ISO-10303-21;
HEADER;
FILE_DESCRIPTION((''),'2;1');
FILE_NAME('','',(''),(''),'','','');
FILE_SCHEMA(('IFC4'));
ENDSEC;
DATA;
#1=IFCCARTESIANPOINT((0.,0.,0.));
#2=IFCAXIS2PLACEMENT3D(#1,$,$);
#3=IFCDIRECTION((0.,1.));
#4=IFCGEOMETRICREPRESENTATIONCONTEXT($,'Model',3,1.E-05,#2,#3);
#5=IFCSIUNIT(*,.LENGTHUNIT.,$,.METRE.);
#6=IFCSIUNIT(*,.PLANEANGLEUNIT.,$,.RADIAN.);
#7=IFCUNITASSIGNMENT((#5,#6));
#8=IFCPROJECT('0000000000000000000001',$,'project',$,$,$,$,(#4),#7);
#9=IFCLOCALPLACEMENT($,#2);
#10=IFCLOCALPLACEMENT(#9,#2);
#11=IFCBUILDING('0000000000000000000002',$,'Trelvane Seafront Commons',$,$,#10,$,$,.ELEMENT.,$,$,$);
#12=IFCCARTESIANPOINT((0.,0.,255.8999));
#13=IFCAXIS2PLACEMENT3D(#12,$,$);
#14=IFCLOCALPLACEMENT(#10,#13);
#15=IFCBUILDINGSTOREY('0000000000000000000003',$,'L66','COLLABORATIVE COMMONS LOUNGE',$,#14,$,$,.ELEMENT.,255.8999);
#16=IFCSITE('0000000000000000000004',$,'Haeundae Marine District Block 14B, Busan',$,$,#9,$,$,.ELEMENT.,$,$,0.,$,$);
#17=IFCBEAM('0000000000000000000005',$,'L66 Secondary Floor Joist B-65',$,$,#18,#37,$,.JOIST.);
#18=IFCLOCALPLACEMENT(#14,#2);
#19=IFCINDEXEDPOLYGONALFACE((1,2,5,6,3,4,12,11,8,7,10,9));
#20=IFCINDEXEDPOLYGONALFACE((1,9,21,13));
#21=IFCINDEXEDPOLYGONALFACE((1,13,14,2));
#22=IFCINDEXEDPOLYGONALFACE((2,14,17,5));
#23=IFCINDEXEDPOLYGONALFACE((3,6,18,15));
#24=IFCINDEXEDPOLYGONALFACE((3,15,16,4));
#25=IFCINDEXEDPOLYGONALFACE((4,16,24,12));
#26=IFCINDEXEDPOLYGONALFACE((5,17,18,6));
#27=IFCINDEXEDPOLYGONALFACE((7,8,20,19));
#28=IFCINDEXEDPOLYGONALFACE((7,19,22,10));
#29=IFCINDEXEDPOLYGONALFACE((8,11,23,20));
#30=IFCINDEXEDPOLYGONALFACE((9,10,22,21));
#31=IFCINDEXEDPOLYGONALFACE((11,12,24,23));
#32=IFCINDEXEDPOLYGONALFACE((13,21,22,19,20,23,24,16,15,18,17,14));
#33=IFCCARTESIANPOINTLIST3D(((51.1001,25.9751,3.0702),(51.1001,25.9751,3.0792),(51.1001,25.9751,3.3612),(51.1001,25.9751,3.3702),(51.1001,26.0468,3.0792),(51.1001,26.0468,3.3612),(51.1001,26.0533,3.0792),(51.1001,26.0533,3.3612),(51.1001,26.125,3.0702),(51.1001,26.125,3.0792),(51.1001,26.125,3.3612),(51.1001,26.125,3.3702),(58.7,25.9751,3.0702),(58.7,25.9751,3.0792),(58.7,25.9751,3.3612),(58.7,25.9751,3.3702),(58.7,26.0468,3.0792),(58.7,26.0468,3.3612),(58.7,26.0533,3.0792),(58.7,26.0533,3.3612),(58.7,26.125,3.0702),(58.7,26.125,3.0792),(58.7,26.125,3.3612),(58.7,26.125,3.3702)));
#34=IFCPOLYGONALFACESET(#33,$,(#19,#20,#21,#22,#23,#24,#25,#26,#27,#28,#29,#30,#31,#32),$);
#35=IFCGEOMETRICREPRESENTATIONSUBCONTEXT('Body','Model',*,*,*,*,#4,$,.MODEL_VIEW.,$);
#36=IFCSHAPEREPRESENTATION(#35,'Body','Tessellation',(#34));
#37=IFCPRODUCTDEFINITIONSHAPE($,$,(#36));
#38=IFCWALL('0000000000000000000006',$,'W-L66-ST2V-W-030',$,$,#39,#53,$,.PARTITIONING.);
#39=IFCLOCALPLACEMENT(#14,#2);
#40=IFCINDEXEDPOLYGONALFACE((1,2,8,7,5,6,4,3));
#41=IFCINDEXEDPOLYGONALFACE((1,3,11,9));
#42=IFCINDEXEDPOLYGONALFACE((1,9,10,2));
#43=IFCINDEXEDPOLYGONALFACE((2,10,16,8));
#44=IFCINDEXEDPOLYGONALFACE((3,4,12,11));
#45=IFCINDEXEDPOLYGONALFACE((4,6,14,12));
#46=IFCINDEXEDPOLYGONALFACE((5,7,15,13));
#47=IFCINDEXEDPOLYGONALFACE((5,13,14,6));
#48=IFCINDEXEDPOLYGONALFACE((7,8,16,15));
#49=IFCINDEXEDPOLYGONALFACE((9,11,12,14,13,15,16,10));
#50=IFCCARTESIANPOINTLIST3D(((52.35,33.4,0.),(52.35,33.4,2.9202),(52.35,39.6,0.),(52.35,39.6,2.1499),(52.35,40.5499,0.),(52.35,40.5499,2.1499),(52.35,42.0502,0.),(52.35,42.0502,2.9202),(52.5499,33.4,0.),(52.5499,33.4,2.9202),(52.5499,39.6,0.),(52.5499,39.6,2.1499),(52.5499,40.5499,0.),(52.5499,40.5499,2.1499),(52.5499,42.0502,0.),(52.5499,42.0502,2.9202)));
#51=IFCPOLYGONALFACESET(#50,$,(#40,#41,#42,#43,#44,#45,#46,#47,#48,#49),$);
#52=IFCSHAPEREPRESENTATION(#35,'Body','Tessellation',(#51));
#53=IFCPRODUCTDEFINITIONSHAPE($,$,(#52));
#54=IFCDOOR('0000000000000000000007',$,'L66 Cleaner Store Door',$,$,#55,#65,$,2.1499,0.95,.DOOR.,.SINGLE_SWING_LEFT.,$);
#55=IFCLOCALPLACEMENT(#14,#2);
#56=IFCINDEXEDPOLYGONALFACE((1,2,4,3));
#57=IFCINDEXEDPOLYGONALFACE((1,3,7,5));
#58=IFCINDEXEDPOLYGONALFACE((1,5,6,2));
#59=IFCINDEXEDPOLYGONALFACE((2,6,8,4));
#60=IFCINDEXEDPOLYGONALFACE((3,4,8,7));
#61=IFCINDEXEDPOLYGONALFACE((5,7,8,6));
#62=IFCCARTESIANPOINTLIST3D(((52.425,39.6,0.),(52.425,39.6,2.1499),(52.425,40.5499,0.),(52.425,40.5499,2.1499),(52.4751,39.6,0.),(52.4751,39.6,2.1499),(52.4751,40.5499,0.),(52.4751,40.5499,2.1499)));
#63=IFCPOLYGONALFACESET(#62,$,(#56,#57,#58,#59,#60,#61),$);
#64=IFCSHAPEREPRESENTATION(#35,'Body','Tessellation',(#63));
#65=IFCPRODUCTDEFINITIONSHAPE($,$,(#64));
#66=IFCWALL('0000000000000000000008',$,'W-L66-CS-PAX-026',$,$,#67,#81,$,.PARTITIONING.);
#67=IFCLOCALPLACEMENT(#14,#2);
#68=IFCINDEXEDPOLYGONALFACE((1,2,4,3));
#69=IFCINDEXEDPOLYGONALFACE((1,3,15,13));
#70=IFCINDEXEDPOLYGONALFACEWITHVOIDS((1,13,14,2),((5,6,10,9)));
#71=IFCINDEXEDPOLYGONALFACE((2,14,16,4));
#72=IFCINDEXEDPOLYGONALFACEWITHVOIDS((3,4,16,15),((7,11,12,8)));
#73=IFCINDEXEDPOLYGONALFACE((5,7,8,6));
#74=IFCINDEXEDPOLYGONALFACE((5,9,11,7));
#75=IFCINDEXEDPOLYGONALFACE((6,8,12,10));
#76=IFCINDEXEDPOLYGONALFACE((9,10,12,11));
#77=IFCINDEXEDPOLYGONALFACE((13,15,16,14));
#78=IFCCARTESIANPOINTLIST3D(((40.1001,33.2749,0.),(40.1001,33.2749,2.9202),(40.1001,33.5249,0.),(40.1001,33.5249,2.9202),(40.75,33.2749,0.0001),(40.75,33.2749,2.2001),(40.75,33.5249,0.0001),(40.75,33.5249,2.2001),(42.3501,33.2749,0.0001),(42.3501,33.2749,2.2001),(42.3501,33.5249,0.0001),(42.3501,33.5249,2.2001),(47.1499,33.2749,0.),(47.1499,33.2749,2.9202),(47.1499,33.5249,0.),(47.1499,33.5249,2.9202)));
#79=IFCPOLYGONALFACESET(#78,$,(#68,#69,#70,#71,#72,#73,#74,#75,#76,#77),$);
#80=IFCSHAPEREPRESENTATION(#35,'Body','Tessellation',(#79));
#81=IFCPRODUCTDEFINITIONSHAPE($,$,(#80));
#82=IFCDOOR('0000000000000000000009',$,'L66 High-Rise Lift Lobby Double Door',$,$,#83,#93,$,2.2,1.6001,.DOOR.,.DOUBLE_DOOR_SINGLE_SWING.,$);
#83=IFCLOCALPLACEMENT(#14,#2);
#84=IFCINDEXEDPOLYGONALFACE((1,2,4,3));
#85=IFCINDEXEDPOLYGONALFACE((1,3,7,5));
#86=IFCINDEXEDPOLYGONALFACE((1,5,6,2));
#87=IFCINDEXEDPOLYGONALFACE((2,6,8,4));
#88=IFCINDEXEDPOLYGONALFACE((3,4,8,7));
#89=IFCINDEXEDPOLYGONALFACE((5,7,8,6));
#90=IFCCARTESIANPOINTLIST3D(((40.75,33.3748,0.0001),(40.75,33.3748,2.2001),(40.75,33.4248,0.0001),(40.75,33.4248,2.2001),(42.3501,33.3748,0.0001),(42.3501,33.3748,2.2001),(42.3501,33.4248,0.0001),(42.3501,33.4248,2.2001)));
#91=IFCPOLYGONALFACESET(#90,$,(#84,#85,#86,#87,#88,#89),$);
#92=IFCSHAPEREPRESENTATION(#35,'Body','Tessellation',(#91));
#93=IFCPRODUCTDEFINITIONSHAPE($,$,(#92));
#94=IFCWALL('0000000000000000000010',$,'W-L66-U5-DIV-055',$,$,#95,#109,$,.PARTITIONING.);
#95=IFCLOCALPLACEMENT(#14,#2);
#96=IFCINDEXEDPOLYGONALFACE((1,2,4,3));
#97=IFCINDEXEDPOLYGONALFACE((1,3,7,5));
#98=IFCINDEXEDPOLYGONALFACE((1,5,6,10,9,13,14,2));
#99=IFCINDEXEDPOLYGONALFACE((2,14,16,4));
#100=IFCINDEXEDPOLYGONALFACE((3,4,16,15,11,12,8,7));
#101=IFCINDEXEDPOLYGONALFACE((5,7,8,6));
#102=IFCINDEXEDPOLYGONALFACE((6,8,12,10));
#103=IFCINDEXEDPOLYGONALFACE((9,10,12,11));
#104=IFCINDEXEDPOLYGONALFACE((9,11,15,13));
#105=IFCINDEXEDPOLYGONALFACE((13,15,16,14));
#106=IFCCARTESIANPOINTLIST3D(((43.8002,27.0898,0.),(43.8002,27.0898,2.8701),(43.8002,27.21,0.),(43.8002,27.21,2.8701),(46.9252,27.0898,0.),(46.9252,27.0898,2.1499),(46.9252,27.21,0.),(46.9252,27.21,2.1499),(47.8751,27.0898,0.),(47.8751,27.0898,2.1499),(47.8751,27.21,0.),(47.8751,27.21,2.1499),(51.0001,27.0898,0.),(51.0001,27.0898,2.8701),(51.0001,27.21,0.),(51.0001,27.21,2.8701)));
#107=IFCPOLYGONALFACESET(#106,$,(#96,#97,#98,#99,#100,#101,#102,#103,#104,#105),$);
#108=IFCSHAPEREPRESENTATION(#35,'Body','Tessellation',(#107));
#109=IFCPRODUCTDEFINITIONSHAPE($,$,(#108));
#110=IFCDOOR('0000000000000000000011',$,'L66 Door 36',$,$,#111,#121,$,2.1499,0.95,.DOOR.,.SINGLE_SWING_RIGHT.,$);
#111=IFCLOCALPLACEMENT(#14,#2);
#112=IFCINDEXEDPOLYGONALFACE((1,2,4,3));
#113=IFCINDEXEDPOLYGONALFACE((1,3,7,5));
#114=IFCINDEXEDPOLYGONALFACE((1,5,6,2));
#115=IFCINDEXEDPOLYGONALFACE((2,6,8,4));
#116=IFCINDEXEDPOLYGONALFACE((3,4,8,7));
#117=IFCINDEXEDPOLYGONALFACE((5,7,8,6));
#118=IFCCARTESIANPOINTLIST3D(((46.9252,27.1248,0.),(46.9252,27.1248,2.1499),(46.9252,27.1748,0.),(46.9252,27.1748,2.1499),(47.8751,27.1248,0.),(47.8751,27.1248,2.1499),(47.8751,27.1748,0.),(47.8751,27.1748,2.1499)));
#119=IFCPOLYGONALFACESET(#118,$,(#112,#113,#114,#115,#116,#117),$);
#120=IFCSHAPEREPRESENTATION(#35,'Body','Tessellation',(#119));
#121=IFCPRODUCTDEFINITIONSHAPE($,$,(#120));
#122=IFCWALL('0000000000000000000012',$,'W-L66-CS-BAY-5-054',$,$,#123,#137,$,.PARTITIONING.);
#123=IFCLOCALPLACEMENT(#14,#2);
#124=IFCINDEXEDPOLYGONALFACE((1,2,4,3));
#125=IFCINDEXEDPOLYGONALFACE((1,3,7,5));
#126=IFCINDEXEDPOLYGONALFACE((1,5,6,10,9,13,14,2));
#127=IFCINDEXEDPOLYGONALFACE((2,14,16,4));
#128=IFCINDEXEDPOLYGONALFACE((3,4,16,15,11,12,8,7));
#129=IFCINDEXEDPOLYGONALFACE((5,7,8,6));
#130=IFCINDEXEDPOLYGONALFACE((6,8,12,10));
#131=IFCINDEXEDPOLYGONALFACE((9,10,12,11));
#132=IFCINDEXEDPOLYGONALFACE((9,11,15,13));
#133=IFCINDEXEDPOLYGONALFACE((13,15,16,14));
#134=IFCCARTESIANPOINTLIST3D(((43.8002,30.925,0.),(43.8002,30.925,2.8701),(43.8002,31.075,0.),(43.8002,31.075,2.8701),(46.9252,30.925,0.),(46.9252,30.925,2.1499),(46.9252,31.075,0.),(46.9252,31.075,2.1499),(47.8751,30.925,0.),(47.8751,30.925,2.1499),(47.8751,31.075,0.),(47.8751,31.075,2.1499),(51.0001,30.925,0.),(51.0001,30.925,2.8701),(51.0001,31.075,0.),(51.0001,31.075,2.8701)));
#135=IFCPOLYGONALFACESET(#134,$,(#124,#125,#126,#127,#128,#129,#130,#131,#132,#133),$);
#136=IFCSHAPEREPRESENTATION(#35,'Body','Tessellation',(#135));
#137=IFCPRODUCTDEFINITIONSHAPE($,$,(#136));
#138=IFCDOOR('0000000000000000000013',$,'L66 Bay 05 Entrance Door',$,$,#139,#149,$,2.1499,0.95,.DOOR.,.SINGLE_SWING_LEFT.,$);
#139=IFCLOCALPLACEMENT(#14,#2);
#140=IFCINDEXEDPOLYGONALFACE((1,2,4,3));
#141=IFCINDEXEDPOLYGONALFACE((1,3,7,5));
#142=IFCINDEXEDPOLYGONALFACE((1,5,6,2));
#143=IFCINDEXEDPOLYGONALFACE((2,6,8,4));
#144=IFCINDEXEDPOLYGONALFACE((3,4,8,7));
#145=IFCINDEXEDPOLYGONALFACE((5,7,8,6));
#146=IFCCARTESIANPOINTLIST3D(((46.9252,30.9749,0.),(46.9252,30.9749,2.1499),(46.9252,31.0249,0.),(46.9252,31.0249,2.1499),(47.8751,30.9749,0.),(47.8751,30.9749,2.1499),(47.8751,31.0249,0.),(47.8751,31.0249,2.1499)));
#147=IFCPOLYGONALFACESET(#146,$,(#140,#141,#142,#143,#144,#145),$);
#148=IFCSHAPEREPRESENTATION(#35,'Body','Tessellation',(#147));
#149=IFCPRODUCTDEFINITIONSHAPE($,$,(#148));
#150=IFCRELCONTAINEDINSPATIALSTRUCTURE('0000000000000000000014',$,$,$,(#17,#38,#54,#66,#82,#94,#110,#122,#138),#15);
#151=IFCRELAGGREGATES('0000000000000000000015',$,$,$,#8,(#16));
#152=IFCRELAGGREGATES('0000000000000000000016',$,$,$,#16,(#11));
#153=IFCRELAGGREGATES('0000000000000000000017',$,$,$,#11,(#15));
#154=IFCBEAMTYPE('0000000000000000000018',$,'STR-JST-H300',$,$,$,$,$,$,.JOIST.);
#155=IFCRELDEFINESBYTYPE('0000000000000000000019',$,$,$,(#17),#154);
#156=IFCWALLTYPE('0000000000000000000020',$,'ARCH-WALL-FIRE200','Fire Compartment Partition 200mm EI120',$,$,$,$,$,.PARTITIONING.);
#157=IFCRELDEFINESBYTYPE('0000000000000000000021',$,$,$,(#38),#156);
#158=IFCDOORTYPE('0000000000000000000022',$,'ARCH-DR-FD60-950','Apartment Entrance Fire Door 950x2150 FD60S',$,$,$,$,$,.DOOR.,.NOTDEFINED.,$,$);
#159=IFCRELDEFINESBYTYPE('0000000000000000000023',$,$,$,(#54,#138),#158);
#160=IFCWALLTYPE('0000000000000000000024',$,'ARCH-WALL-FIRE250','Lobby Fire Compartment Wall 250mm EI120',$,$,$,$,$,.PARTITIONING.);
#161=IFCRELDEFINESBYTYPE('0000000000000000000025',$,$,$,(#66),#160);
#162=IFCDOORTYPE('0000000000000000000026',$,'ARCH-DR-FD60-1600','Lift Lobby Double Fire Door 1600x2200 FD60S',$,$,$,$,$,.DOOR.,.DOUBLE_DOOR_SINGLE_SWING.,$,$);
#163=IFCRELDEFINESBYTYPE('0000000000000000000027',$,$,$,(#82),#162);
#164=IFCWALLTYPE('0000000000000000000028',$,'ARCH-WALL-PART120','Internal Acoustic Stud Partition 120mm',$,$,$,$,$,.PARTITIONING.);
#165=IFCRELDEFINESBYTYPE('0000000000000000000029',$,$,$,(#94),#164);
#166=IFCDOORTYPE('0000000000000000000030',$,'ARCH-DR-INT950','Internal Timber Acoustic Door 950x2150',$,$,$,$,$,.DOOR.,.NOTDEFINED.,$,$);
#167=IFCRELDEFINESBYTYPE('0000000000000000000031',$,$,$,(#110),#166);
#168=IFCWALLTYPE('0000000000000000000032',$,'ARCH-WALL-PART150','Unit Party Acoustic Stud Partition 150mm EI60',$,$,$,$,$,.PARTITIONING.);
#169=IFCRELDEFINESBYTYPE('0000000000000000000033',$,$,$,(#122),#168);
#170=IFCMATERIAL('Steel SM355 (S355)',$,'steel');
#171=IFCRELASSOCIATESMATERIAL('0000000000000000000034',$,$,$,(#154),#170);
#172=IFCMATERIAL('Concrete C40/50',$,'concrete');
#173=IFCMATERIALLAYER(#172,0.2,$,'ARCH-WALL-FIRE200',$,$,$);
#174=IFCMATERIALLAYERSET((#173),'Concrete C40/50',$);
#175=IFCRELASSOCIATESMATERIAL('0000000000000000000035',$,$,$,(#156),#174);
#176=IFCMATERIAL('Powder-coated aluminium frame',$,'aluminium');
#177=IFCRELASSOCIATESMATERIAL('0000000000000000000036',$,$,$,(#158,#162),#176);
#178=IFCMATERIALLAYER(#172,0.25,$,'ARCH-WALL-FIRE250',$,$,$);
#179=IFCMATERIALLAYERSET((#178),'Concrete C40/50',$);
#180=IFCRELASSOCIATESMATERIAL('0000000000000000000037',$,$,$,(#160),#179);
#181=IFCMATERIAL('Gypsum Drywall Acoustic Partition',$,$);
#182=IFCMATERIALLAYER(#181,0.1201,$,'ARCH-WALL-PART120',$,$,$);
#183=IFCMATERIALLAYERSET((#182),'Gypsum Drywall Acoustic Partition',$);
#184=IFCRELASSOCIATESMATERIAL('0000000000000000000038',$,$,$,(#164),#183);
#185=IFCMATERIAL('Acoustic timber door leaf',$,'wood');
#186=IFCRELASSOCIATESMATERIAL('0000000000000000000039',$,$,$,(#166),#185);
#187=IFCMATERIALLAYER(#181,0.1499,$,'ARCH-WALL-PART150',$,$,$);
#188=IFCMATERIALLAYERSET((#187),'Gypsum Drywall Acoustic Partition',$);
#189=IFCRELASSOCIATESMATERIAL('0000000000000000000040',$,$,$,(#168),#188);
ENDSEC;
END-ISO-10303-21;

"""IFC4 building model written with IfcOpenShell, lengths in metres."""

from ifc_helpers import new_model, si_unit, direction, frame, frame_2d, origin, origin_2d, place, context, subcontext, project, spatial, rectangle, i_section, extrude, source, transform, mapped, material, layer, layer_set, material_profile, profile_set, type_object, element, fill, save


model = new_model("IFC4")

# Units and contexts
model_context = context("Model", 3, precision=1e-05, world=origin(), true_north=direction((0.0, 1.0)))
body_context = subcontext(model_context, "Body", "Model", "MODEL_VIEW")
ifc_project = project(units=[si_unit("LENGTHUNIT", "METRE"), si_unit("PLANEANGLEUNIT", "RADIAN")], contexts=[model_context])

# Site, building, storey
site_placement = place(None, origin())
site = spatial("IfcSite", under=ifc_project, at=site_placement, Name="Haeundae Marine District Block 14B, Busan", CompositionType="ELEMENT", RefElevation=0.0)
building_placement = place(site_placement, origin())
building = spatial("IfcBuilding", under=site, at=building_placement, Name="Trelvane Seafront Commons", CompositionType="ELEMENT")
storey_placement = place(building_placement, frame((0.0, 0.0, 255.8999)))
storey = spatial("IfcBuildingStorey", under=building, at=storey_placement, Name="L66", Description="COLLABORATIVE COMMONS LOUNGE", CompositionType="ELEMENT", Elevation=255.8999)

# Beam
ifc_material_1 = material(Name="Steel SM355 (S355)", Category="steel")
ifc_material_profile_1 = material_profile(ifc_material_1, i_section(OverallWidth=0.1499, OverallDepth=0.3, WebThickness=0.0066, FlangeThickness=0.009, at=origin_2d()), Name="H-300x150x6.5x9")
ifc_profile_set_1 = profile_set([ifc_material_profile_1], Name="Steel SM355 (S355)")
beam_type_1 = type_object("IfcBeamType", Name="STR-JST-H300", PredefinedType="JOIST", material=ifc_profile_set_1)
shared_shape_1 = source(origin(), body_context, "Body", "SweptSolid", [
    extrude(i_section(OverallWidth=0.1499, OverallDepth=0.3, WebThickness=0.0066, FlangeThickness=0.009, at=origin_2d()), origin(), (0.0, 0.0, 1.0), 7.5999),
])
beam_1_placement = place(storey_placement, frame((51.1001, 26.05, 3.2202), z_axis=(1.0, 0.0, 0.0), x_axis=(0.0, 1.0, 0.0)))
element("IfcBeam", 1, at=beam_1_placement, inside=storey, type_object=beam_type_1, Name="L66 Secondary Floor Joist B-65", PredefinedType="JOIST", context=body_context, shape_type="MappedRepresentation", body=[
    mapped(shared_shape_1, transform((0.0, 0.0, 0.0), x_axis=(1.0, 0.0, 0.0), y_axis=(0.0, 1.0, 0.0), z_axis=(0.0, 0.0, 1.0), scale=1.0)),
])

# Walls, openings, doors
ifc_material_2 = material(Name="Concrete C40/50", Category="concrete")
ifc_layer_1 = layer(ifc_material_2, 0.2, Name="ARCH-WALL-FIRE200")
ifc_layer_set_1 = layer_set([ifc_layer_1], Name="Concrete C40/50")
wall_type_1 = type_object("IfcWallType", Name="ARCH-WALL-FIRE200", Description="Fire Compartment Partition 200mm EI120", PredefinedType="PARTITIONING", material=ifc_layer_set_1)
wall_1_placement = place(storey_placement, frame((52.45, 33.3999, 0.0), z_axis=(0.0, 0.0, 1.0), x_axis=(0.0, 1.0, 0.0)))
wall_1 = element("IfcWall", 2, at=wall_1_placement, inside=storey, type_object=wall_type_1, Name="W-L66-ST2V-W-030", PredefinedType="PARTITIONING", context=body_context, shape_type="SweptSolid", body=[
    extrude(rectangle(XDim=8.6501, YDim=0.2, at=frame_2d((4.3252, 0.0))), origin(), (0.0, 0.0, 1.0), 2.9202),
])
opening_1_placement = place(wall_1_placement, frame((6.2, 0.0, 0.0)))
opening_1 = element("IfcOpeningElement", 3, at=opening_1_placement, cuts=wall_1, PredefinedType="OPENING", context=body_context, shape_type="SweptSolid", body=[
    extrude(rectangle(XDim=0.95, YDim=2.1499, at=frame_2d((0.4751, 1.075))), frame((0.0, 0.1099, 0.0), z_axis=(0.0, -1.0, 0.0), x_axis=(1.0, 0.0, 0.0)), (0.0, 0.0, 1.0), 0.22),
])
ifc_material_3 = material(Name="Powder-coated aluminium frame", Category="aluminium")
door_type_1 = type_object("IfcDoorType", Name="ARCH-DR-FD60-950", Description="Apartment Entrance Fire Door 950x2150 FD60S", OperationType="NOTDEFINED", PredefinedType="DOOR", material=ifc_material_3)
shared_shape_2 = source(origin(), body_context, "Body", "SweptSolid", [
    extrude(rectangle(XDim=0.95, YDim=2.1499, at=frame_2d((0.4751, 1.075))), frame((0.0, 0.0249, 0.0), z_axis=(0.0, -1.0, 0.0), x_axis=(1.0, 0.0, 0.0)), (0.0, 0.0, 1.0), 0.05),
])
door_1_placement = place(opening_1_placement, origin())
door_1 = element("IfcDoor", 4, at=door_1_placement, inside=storey, type_object=door_type_1, Name="L66 Cleaner Store Door", OperationType="SINGLE_SWING_LEFT", OverallHeight=2.1499, OverallWidth=0.95, PredefinedType="DOOR", context=body_context, shape_type="MappedRepresentation", body=[
    mapped(shared_shape_2, transform((0.0, 0.0, 0.0), x_axis=(1.0, 0.0, 0.0), y_axis=(0.0, 1.0, 0.0), z_axis=(0.0, 0.0, 1.0), scale=1.0)),
])
fill(opening_1, door_1)
ifc_layer_2 = layer(ifc_material_2, 0.25, Name="ARCH-WALL-FIRE250")
ifc_layer_set_2 = layer_set([ifc_layer_2], Name="Concrete C40/50")
wall_type_2 = type_object("IfcWallType", Name="ARCH-WALL-FIRE250", Description="Lobby Fire Compartment Wall 250mm EI120", PredefinedType="PARTITIONING", material=ifc_layer_set_2)
wall_2_placement = place(storey_placement, frame((40.1001, 33.3999, 0.0), z_axis=(0.0, 0.0, 1.0), x_axis=(1.0, 0.0, 0.0)))
wall_2 = element("IfcWall", 5, at=wall_2_placement, inside=storey, type_object=wall_type_2, Name="W-L66-CS-PAX-026", PredefinedType="PARTITIONING", context=body_context, shape_type="SweptSolid", body=[
    extrude(rectangle(XDim=7.0498, YDim=0.25, at=frame_2d((3.5249, 0.0))), origin(), (0.0, 0.0, 1.0), 2.9202),
])
opening_2_placement = place(wall_2_placement, frame((0.6499, 0.0, 0.0)))
opening_2 = element("IfcOpeningElement", 6, at=opening_2_placement, cuts=wall_2, PredefinedType="OPENING", context=body_context, shape_type="SweptSolid", body=[
    extrude(rectangle(XDim=1.6001, YDim=2.2, at=frame_2d((0.8, 1.1001))), frame((0.0, 0.135, 0.0), z_axis=(0.0, -1.0, 0.0), x_axis=(1.0, 0.0, 0.0)), (0.0, 0.0, 1.0), 0.27),
])
door_type_2 = type_object("IfcDoorType", Name="ARCH-DR-FD60-1600", Description="Lift Lobby Double Fire Door 1600x2200 FD60S", OperationType="DOUBLE_DOOR_SINGLE_SWING", PredefinedType="DOOR", material=ifc_material_3)
shared_shape_3 = source(origin(), body_context, "Body", "SweptSolid", [
    extrude(rectangle(XDim=1.6001, YDim=2.2, at=frame_2d((0.8, 1.1001))), frame((0.0, 0.0249, 0.0), z_axis=(0.0, -1.0, 0.0), x_axis=(1.0, 0.0, 0.0)), (0.0, 0.0, 1.0), 0.05),
])
door_2_placement = place(opening_2_placement, origin())
door_2 = element("IfcDoor", 7, at=door_2_placement, inside=storey, type_object=door_type_2, Name="L66 High-Rise Lift Lobby Double Door", OperationType="DOUBLE_DOOR_SINGLE_SWING", OverallHeight=2.2, OverallWidth=1.6001, PredefinedType="DOOR", context=body_context, shape_type="MappedRepresentation", body=[
    mapped(shared_shape_3, transform((0.0, 0.0, 0.0), x_axis=(1.0, 0.0, 0.0), y_axis=(0.0, 1.0, 0.0), z_axis=(0.0, 0.0, 1.0), scale=1.0)),
])
fill(opening_2, door_2)

# Shared definitions
ifc_material_4 = material(Name="Gypsum Drywall Acoustic Partition")
ifc_layer_3 = layer(ifc_material_4, 0.1201, Name="ARCH-WALL-PART120")
ifc_layer_set_3 = layer_set([ifc_layer_3], Name="Gypsum Drywall Acoustic Partition")
wall_type_3 = type_object("IfcWallType", Name="ARCH-WALL-PART120", Description="Internal Acoustic Stud Partition 120mm", PredefinedType="PARTITIONING", material=ifc_layer_set_3)
ifc_material_5 = material(Name="Acoustic timber door leaf", Category="wood")
door_type_3 = type_object("IfcDoorType", Name="ARCH-DR-INT950", Description="Internal Timber Acoustic Door 950x2150", OperationType="NOTDEFINED", PredefinedType="DOOR", material=ifc_material_5)

# Walls, openings, doors
wall_3_placement = place(storey_placement, frame((43.8, 27.1499, 0.0), z_axis=(0.0, 0.0, 1.0), x_axis=(1.0, 0.0, 0.0)))
wall_3 = element("IfcWall", 8, at=wall_3_placement, inside=storey, type_object=wall_type_3, Name="W-L66-U5-DIV-055", PredefinedType="PARTITIONING", context=body_context, shape_type="SweptSolid", body=[
    extrude(rectangle(XDim=7.2, YDim=0.1201, at=frame_2d((3.6001, 0.0))), origin(), (0.0, 0.0, 1.0), 2.8701),
])
opening_3_placement = place(wall_3_placement, frame((3.125, 0.0, 0.0)))
opening_3 = element("IfcOpeningElement", 9, at=opening_3_placement, cuts=wall_3, PredefinedType="OPENING", context=body_context, shape_type="SweptSolid", body=[
    extrude(rectangle(XDim=0.95, YDim=2.1499, at=frame_2d((0.4751, 1.075))), frame((0.0, 0.0701, 0.0), z_axis=(0.0, -1.0, 0.0), x_axis=(1.0, 0.0, 0.0)), (0.0, 0.0, 1.0), 0.1401),
])
door_3_placement = place(opening_3_placement, origin())
door_3 = element("IfcDoor", 10, at=door_3_placement, inside=storey, type_object=door_type_3, Name="L66 Door 36", OperationType="SINGLE_SWING_RIGHT", OverallHeight=2.1499, OverallWidth=0.95, PredefinedType="DOOR", context=body_context, shape_type="MappedRepresentation", body=[
    mapped(shared_shape_2, transform((0.0, 0.0, 0.0), x_axis=(1.0, 0.0, 0.0), y_axis=(0.0, 1.0, 0.0), z_axis=(0.0, 0.0, 1.0), scale=1.0)),
])
fill(opening_3, door_3)
ifc_layer_4 = layer(ifc_material_4, 0.1499, Name="ARCH-WALL-PART150")
ifc_layer_set_4 = layer_set([ifc_layer_4], Name="Gypsum Drywall Acoustic Partition")
wall_type_4 = type_object("IfcWallType", Name="ARCH-WALL-PART150", Description="Unit Party Acoustic Stud Partition 150mm EI60", PredefinedType="PARTITIONING", material=ifc_layer_set_4)
wall_4_placement = place(storey_placement, frame((43.8, 31.0, 0.0), z_axis=(0.0, 0.0, 1.0), x_axis=(1.0, 0.0, 0.0)))
wall_4 = element("IfcWall", 11, at=wall_4_placement, inside=storey, type_object=wall_type_4, Name="W-L66-CS-BAY-5-054", PredefinedType="PARTITIONING", context=body_context, shape_type="SweptSolid", body=[
    extrude(rectangle(XDim=7.2, YDim=0.1499, at=frame_2d((3.6001, 0.0))), origin(), (0.0, 0.0, 1.0), 2.8701),
])
opening_4_placement = place(wall_4_placement, frame((3.125, 0.0, 0.0)))
opening_4 = element("IfcOpeningElement", 12, at=opening_4_placement, cuts=wall_4, PredefinedType="OPENING", context=body_context, shape_type="SweptSolid", body=[
    extrude(rectangle(XDim=0.95, YDim=2.1499, at=frame_2d((0.4751, 1.075))), frame((0.0, 0.085, 0.0), z_axis=(0.0, -1.0, 0.0), x_axis=(1.0, 0.0, 0.0)), (0.0, 0.0, 1.0), 0.1699),
])
door_4_placement = place(opening_4_placement, origin())
door_4 = element("IfcDoor", 13, at=door_4_placement, inside=storey, type_object=door_type_1, Name="L66 Bay 05 Entrance Door", OperationType="SINGLE_SWING_LEFT", OverallHeight=2.1499, OverallWidth=0.95, PredefinedType="DOOR", context=body_context, shape_type="MappedRepresentation", body=[
    mapped(shared_shape_2, transform((0.0, 0.0, 0.0), x_axis=(1.0, 0.0, 0.0), y_axis=(0.0, 1.0, 0.0), z_axis=(0.0, 0.0, 1.0), scale=1.0)),
])
fill(opening_4, door_4)

save(model, "model.ifc")
